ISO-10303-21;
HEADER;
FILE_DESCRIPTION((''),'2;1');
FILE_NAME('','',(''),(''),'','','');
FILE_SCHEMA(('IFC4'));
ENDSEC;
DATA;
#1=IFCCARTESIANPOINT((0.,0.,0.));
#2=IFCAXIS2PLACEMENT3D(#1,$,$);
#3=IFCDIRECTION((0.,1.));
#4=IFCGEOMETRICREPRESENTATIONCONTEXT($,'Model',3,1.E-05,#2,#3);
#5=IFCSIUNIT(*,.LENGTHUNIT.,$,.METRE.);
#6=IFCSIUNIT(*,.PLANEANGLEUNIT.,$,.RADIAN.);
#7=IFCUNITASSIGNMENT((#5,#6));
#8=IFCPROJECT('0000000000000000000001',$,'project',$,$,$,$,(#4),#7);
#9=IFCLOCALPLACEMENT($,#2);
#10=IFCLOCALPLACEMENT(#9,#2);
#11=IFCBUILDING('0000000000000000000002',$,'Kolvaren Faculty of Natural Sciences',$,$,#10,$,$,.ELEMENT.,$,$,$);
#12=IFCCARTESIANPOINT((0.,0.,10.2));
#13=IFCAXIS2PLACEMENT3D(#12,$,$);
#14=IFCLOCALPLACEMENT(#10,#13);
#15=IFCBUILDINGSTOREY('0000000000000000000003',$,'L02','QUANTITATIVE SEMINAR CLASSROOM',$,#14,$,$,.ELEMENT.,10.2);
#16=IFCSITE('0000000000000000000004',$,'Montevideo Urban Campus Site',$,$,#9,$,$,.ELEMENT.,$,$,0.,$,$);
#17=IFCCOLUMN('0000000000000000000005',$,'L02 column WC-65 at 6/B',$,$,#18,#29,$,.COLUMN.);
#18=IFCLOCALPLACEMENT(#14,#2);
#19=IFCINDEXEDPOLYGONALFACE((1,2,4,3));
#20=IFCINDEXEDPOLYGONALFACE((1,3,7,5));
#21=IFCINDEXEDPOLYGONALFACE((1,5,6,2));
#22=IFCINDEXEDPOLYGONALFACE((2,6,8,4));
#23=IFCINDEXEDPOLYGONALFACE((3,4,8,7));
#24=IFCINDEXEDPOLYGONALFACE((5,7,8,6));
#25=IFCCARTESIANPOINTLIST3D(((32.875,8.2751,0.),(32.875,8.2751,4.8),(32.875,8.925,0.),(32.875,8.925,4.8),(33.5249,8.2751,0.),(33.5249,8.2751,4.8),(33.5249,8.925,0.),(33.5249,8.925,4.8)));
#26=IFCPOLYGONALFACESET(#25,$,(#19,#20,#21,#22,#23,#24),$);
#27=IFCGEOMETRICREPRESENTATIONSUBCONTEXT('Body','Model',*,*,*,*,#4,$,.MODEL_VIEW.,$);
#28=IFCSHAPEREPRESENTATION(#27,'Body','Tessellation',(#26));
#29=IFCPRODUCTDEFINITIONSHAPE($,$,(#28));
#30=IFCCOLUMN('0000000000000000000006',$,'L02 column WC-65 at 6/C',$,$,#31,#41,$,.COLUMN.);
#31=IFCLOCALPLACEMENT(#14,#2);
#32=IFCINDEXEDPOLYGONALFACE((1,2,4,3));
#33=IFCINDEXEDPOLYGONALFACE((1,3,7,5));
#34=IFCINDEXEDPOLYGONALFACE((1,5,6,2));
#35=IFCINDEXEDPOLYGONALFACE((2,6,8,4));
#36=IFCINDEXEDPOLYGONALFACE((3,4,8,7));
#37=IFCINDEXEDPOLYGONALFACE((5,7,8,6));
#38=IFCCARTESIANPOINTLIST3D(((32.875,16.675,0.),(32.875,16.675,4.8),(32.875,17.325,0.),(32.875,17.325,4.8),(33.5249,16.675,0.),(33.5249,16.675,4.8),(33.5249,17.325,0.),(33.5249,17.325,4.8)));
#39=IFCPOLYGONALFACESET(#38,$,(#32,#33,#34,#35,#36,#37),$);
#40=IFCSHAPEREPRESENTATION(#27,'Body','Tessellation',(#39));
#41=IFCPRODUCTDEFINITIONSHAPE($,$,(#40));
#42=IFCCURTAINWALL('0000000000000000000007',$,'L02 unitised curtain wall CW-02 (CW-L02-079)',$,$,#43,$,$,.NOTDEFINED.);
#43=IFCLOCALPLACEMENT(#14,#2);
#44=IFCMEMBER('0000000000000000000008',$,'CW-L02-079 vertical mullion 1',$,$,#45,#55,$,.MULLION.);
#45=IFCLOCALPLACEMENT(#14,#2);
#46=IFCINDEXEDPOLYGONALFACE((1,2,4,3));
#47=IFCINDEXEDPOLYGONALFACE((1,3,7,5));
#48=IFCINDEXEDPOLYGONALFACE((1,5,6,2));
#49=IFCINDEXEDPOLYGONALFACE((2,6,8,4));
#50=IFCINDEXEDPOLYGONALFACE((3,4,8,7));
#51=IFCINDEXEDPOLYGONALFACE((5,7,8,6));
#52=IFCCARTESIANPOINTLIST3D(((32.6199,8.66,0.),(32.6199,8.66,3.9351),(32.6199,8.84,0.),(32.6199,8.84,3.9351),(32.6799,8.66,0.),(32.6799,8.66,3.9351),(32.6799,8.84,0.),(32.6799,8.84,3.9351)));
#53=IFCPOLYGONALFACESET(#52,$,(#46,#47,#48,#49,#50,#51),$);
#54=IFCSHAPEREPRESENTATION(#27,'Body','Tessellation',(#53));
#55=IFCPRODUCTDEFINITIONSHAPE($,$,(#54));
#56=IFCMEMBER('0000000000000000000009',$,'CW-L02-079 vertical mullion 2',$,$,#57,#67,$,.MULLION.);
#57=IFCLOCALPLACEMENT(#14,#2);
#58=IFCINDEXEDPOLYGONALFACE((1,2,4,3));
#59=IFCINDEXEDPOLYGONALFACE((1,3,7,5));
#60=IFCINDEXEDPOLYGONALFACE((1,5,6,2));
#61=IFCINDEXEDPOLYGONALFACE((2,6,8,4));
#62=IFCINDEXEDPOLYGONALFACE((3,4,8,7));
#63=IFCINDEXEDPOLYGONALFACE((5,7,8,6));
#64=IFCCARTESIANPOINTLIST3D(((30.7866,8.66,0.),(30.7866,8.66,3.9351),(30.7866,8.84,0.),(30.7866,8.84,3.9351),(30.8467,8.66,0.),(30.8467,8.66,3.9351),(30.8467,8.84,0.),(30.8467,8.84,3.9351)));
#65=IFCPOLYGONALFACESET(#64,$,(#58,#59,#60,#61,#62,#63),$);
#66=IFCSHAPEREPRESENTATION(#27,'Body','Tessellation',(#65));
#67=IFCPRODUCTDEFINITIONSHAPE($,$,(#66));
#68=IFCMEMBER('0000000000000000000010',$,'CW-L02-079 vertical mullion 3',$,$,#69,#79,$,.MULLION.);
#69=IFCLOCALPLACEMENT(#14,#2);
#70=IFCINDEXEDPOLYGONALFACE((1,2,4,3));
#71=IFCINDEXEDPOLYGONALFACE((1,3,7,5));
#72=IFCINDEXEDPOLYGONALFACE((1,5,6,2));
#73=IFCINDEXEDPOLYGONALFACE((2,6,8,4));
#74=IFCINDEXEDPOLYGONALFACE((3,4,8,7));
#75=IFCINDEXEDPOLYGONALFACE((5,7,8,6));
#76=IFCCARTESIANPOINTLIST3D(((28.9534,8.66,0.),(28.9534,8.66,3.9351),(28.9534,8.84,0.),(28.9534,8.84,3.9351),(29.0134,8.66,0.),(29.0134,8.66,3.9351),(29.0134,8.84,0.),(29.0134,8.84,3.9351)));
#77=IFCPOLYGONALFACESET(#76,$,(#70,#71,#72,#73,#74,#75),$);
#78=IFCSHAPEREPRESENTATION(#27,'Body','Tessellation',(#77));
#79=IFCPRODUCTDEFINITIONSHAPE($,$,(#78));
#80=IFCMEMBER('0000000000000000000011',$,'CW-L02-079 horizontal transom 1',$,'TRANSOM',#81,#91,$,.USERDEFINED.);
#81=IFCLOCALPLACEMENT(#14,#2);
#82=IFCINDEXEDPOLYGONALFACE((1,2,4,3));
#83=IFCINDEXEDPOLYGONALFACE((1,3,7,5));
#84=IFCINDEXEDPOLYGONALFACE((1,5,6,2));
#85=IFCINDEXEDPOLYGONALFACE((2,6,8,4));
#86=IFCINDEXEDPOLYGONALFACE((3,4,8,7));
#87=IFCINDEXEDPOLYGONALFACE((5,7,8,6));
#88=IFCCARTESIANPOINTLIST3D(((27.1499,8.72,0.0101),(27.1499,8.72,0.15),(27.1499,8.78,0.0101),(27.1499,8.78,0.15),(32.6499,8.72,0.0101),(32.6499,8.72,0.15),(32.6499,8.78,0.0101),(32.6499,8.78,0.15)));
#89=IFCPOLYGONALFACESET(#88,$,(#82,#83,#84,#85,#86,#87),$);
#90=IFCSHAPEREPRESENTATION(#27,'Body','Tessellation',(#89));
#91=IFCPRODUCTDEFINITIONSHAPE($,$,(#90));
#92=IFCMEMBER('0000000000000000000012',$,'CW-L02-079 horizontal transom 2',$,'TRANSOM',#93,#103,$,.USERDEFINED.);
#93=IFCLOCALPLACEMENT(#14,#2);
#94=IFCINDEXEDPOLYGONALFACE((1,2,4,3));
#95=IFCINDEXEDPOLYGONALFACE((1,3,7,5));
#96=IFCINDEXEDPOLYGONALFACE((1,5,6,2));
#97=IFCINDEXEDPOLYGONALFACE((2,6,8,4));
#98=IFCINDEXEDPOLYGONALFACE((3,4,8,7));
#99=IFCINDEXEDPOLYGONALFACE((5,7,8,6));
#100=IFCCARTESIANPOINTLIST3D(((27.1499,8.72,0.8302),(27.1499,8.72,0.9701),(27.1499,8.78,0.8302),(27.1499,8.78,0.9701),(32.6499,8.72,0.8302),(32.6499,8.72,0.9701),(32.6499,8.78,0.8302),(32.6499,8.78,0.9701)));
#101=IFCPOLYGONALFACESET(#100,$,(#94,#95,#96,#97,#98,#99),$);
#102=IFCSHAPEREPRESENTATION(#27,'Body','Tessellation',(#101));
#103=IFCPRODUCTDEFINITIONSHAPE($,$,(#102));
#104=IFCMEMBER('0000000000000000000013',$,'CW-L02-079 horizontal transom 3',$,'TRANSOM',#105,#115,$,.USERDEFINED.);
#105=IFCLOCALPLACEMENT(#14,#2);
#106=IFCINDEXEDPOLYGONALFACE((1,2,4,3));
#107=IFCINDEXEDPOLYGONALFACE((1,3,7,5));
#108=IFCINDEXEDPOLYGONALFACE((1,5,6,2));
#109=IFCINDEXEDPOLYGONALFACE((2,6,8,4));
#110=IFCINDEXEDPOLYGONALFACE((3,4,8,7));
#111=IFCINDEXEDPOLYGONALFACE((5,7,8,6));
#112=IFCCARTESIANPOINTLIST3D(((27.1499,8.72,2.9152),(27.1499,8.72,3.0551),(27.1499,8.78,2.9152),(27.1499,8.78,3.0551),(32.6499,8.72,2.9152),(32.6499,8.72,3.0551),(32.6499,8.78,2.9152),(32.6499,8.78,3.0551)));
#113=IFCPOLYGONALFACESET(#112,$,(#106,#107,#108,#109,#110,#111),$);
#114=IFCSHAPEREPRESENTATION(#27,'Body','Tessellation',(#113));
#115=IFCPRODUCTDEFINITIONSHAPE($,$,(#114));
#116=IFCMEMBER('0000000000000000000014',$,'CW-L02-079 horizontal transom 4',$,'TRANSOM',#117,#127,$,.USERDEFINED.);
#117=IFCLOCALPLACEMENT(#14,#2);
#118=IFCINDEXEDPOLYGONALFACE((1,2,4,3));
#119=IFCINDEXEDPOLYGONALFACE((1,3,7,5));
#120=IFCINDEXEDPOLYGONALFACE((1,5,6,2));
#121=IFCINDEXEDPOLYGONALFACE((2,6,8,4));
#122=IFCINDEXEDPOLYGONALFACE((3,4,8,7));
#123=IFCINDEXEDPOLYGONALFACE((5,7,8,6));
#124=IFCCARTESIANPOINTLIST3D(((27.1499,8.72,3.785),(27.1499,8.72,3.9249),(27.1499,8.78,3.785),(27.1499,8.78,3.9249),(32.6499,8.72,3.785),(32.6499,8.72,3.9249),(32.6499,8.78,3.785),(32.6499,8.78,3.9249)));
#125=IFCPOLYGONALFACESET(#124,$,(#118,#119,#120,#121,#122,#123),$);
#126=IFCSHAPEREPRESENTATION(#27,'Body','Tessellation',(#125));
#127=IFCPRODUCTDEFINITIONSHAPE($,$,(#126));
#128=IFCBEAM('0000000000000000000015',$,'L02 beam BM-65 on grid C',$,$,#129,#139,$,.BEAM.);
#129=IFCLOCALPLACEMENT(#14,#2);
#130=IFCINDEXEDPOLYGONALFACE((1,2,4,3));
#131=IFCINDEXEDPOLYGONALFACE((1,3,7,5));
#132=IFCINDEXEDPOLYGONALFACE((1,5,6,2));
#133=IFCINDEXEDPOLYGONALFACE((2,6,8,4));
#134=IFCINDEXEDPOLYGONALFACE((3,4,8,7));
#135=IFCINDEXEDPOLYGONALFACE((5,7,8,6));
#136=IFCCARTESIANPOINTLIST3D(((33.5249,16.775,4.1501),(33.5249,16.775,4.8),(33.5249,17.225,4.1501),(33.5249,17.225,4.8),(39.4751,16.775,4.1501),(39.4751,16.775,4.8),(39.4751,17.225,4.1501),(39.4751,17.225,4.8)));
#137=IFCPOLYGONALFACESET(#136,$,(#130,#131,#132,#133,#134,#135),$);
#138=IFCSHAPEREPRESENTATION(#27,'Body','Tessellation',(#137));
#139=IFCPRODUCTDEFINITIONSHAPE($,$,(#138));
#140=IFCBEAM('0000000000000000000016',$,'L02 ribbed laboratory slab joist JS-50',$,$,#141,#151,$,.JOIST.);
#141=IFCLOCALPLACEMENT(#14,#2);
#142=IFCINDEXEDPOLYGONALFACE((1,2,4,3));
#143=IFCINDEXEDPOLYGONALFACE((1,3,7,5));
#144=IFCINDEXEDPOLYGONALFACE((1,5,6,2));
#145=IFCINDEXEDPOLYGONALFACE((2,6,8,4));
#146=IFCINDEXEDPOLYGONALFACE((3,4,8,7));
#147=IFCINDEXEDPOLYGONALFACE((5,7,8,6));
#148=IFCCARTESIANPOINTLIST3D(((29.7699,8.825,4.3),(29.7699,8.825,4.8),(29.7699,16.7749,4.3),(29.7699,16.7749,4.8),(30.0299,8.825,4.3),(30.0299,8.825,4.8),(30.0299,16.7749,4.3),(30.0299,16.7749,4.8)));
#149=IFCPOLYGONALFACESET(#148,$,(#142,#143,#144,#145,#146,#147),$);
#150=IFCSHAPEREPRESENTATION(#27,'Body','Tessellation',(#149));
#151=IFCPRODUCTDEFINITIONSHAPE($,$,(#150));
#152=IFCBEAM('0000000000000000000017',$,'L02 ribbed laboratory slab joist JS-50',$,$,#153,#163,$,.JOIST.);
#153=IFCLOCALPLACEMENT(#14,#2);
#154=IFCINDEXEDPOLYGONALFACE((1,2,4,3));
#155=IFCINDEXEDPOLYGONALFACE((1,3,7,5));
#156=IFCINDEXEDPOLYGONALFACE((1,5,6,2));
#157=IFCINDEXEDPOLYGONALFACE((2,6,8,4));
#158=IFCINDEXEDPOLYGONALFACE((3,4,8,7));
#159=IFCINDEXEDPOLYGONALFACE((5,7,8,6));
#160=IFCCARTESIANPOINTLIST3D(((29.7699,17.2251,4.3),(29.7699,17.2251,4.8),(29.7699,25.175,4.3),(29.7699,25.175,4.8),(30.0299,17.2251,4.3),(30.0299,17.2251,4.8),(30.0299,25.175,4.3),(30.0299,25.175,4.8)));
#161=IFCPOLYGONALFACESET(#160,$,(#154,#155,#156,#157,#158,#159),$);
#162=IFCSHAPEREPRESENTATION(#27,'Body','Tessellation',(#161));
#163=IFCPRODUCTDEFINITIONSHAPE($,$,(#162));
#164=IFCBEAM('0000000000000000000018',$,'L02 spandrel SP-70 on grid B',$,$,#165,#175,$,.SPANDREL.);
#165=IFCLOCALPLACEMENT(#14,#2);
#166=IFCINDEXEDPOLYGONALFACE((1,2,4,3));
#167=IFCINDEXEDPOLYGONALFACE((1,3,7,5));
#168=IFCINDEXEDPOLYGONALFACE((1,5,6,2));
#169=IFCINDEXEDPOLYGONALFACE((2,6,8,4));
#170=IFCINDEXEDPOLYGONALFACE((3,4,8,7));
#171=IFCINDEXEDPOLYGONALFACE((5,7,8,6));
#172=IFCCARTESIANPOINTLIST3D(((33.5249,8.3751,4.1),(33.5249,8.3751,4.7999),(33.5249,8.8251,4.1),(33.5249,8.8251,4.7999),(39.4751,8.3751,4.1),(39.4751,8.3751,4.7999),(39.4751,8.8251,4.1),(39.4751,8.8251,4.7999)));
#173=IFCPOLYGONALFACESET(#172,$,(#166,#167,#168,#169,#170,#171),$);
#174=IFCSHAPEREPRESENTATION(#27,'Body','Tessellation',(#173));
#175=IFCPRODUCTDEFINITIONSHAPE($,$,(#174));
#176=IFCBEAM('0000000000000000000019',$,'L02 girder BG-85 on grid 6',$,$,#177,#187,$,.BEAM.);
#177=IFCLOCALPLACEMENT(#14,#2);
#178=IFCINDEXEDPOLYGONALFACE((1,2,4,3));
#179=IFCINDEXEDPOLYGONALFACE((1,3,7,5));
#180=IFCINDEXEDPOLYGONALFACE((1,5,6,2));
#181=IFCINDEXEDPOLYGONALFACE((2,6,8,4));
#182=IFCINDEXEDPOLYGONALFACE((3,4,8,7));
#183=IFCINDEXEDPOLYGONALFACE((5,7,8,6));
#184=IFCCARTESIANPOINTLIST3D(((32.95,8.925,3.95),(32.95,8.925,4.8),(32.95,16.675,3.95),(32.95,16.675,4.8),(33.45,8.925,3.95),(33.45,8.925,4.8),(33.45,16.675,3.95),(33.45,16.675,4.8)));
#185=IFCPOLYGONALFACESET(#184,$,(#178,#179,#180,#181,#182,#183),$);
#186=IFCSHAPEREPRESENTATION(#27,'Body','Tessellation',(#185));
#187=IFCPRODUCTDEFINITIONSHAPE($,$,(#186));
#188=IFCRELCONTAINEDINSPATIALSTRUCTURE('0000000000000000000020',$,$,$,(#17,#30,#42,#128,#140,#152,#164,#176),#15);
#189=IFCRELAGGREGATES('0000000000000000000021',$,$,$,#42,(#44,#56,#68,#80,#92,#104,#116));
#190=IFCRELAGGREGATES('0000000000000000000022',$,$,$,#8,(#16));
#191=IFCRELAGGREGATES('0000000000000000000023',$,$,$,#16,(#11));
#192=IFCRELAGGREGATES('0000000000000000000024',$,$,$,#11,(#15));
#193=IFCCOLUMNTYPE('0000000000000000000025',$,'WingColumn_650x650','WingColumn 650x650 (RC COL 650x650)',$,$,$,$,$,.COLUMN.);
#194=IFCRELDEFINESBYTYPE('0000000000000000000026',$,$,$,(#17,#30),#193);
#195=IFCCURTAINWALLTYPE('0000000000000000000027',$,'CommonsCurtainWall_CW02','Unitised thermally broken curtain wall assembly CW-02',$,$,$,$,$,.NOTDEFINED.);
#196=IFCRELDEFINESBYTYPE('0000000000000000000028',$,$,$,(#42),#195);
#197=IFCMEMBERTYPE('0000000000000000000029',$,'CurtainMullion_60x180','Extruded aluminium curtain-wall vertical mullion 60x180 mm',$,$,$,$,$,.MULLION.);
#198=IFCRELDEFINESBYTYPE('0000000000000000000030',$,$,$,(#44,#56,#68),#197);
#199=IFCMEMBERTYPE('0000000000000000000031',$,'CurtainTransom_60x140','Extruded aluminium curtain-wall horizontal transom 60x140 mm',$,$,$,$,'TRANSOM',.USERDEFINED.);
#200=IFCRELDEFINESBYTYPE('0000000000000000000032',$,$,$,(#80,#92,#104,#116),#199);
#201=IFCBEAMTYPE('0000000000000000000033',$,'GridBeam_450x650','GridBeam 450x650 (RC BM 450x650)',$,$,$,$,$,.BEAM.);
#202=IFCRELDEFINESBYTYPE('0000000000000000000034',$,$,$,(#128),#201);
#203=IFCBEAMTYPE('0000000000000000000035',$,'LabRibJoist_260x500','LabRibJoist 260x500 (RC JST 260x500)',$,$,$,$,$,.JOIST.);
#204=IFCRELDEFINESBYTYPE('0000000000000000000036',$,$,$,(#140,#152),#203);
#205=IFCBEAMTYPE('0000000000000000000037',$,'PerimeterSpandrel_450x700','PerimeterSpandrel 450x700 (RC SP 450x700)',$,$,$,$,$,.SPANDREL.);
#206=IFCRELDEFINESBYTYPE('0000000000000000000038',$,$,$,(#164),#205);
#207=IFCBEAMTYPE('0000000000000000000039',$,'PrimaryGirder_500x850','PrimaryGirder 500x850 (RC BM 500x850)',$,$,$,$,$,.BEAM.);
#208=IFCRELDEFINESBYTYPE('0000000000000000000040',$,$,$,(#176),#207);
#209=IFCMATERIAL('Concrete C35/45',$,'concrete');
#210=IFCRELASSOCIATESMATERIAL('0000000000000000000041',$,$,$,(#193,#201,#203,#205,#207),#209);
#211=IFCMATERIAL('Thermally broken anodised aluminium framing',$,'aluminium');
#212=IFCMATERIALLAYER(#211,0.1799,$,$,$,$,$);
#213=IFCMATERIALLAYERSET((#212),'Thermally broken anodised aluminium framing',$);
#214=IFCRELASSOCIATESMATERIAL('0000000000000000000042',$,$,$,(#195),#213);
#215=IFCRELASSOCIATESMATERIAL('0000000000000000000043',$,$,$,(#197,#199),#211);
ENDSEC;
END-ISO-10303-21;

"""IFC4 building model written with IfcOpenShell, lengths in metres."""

from ifc_helpers import new_model, si_unit, direction, frame, origin, origin_2d, place, context, subcontext, project, spatial, rectangle, extrude, material, layer, layer_set, material_profile, profile_set, type_object, element, aggregate, save


model = new_model("IFC4")

# Units and contexts
model_context = context("Model", 3, precision=1e-05, world=origin(), true_north=direction((0.0, 1.0)))
body_context = subcontext(model_context, "Body", "Model", "MODEL_VIEW")
ifc_project = project(units=[si_unit("LENGTHUNIT", "METRE"), si_unit("PLANEANGLEUNIT", "RADIAN")], contexts=[model_context])

# Site, building, storey
site_placement = place(None, origin())
site = spatial("IfcSite", under=ifc_project, at=site_placement, Name="Montevideo Urban Campus Site", CompositionType="ELEMENT", RefElevation=0.0)
building_placement = place(site_placement, origin())
building = spatial("IfcBuilding", under=site, at=building_placement, Name="Kolvaren Faculty of Natural Sciences", CompositionType="ELEMENT")
storey_placement = place(building_placement, frame((0.0, 0.0, 10.2)))
storey = spatial("IfcBuildingStorey", under=building, at=storey_placement, Name="L02", Description="QUANTITATIVE SEMINAR CLASSROOM", CompositionType="ELEMENT", Elevation=10.2)

# Columns
ifc_material_1 = material(Name="Concrete C35/45", Category="concrete")
ifc_material_profile_1 = material_profile(ifc_material_1, rectangle(XDim=0.6499, YDim=0.6499, at=origin_2d()), Name="RC COL 650x650")
ifc_profile_set_1 = profile_set([ifc_material_profile_1], Name="Concrete C35/45")
column_type = type_object("IfcColumnType", Name="WingColumn_650x650", Description="WingColumn 650x650 (RC COL 650x650)", PredefinedType="COLUMN", material=ifc_profile_set_1)
for number, where, z_axis, x_axis, name in (
    (1, (33.2, 8.6001, 0.0), (0.0, 0.0, 1.0), (1.0, 0.0, 0.0), "L02 column WC-65 at 6/B"),
    (2, (33.2, 17.0, 0.0), (0.0, 0.0, 1.0), (1.0, 0.0, 0.0), "L02 column WC-65 at 6/C"),
):
    element("IfcColumn", number, at=place(storey_placement, frame(where, z_axis=z_axis, x_axis=x_axis)), inside=storey, type_object=column_type, Name=name, PredefinedType="COLUMN", context=body_context, shape_type="SweptSolid", body=[
        extrude(rectangle(XDim=0.6499, YDim=0.6499, at=origin_2d()), origin(), (0.0, 0.0, 1.0), 4.8),
    ])

# Curtain wall, members
ifc_material_2 = material(Name="Thermally broken anodised aluminium framing", Category="aluminium")
ifc_layer_1 = layer(ifc_material_2, 0.1799)
ifc_layer_set_1 = layer_set([ifc_layer_1], Name="Thermally broken anodised aluminium framing")
curtain_wall_type = type_object("IfcCurtainWallType", Name="CommonsCurtainWall_CW02", Description="Unitised thermally broken curtain wall assembly CW-02", PredefinedType="NOTDEFINED", material=ifc_layer_set_1)
curtain_wall_placement = place(storey_placement, origin())
curtain_wall = element("IfcCurtainWall", 3, at=curtain_wall_placement, inside=storey, type_object=curtain_wall_type, Name="L02 unitised curtain wall CW-02 (CW-L02-079)", PredefinedType="NOTDEFINED")
ifc_material_profile_2 = material_profile(ifc_material_2, rectangle(XDim=0.0601, YDim=0.1799, at=origin_2d()), Name="ALU MUL 60x180")
ifc_profile_set_2 = profile_set([ifc_material_profile_2], Name="Thermally broken anodised aluminium framing")
member_type_1 = type_object("IfcMemberType", Name="CurtainMullion_60x180", Description="Extruded aluminium curtain-wall vertical mullion 60x180 mm", PredefinedType="MULLION", material=ifc_profile_set_2)
member_1_placement = place(storey_placement, frame((32.6499, 8.75, 0.0), z_axis=(0.0, 0.0, 1.0), x_axis=(-1.0, 0.0, 0.0)))
member_1 = element("IfcMember", 4, at=member_1_placement, type_object=member_type_1, Name="CW-L02-079 vertical mullion 1", PredefinedType="MULLION", context=body_context, shape_type="SweptSolid", body=[
    extrude(rectangle(XDim=0.0601, YDim=0.1799, at=origin_2d()), origin(), (0.0, 0.0, 1.0), 3.9351),
])
member_2_placement = place(storey_placement, frame((30.8167, 8.75, 0.0), z_axis=(0.0, 0.0, 1.0), x_axis=(-1.0, 0.0, 0.0)))
member_2 = element("IfcMember", 5, at=member_2_placement, type_object=member_type_1, Name="CW-L02-079 vertical mullion 2", PredefinedType="MULLION", context=body_context, shape_type="SweptSolid", body=[
    extrude(rectangle(XDim=0.0601, YDim=0.1799, at=origin_2d()), origin(), (0.0, 0.0, 1.0), 3.9351),
])
member_3_placement = place(storey_placement, frame((28.9834, 8.75, 0.0), z_axis=(0.0, 0.0, 1.0), x_axis=(-1.0, 0.0, 0.0)))
member_3 = element("IfcMember", 6, at=member_3_placement, type_object=member_type_1, Name="CW-L02-079 vertical mullion 3", PredefinedType="MULLION", context=body_context, shape_type="SweptSolid", body=[
    extrude(rectangle(XDim=0.0601, YDim=0.1799, at=origin_2d()), origin(), (0.0, 0.0, 1.0), 3.9351),
])
ifc_material_profile_3 = material_profile(ifc_material_2, rectangle(XDim=0.0601, YDim=0.1399, at=origin_2d()), Name="ALU TRN 60x140")
ifc_profile_set_3 = profile_set([ifc_material_profile_3], Name="Thermally broken anodised aluminium framing")
member_type_2 = type_object("IfcMemberType", Name="CurtainTransom_60x140", Description="Extruded aluminium curtain-wall horizontal transom 60x140 mm", ElementType="TRANSOM", PredefinedType="USERDEFINED", material=ifc_profile_set_3)
member_4_placement = place(storey_placement, frame((32.6499, 8.75, 0.0801), z_axis=(-1.0, 0.0, 0.0), x_axis=(0.0, -1.0, 0.0)))
member_4 = element("IfcMember", 7, at=member_4_placement, type_object=member_type_2, Name="CW-L02-079 horizontal transom 1", ObjectType="TRANSOM", PredefinedType="USERDEFINED", context=body_context, shape_type="SweptSolid", body=[
    extrude(rectangle(XDim=0.0601, YDim=0.1399, at=origin_2d()), origin(), (0.0, 0.0, 1.0), 5.5),
])
member_5_placement = place(storey_placement, frame((32.6499, 8.75, 0.9001), z_axis=(-1.0, 0.0, 0.0), x_axis=(0.0, -1.0, 0.0)))
member_5 = element("IfcMember", 8, at=member_5_placement, type_object=member_type_2, Name="CW-L02-079 horizontal transom 2", ObjectType="TRANSOM", PredefinedType="USERDEFINED", context=body_context, shape_type="SweptSolid", body=[
    extrude(rectangle(XDim=0.0601, YDim=0.1399, at=origin_2d()), origin(), (0.0, 0.0, 1.0), 5.5),
])
member_6_placement = place(storey_placement, frame((32.6499, 8.75, 2.9851), z_axis=(-1.0, 0.0, 0.0), x_axis=(0.0, -1.0, 0.0)))
member_6 = element("IfcMember", 9, at=member_6_placement, type_object=member_type_2, Name="CW-L02-079 horizontal transom 3", ObjectType="TRANSOM", PredefinedType="USERDEFINED", context=body_context, shape_type="SweptSolid", body=[
    extrude(rectangle(XDim=0.0601, YDim=0.1399, at=origin_2d()), origin(), (0.0, 0.0, 1.0), 5.5),
])
member_7_placement = place(storey_placement, frame((32.6499, 8.75, 3.855), z_axis=(-1.0, 0.0, 0.0), x_axis=(0.0, -1.0, 0.0)))
member_7 = element("IfcMember", 10, at=member_7_placement, type_object=member_type_2, Name="CW-L02-079 horizontal transom 4", ObjectType="TRANSOM", PredefinedType="USERDEFINED", context=body_context, shape_type="SweptSolid", body=[
    extrude(rectangle(XDim=0.0601, YDim=0.1399, at=origin_2d()), origin(), (0.0, 0.0, 1.0), 5.5),
])

# Beams
ifc_material_profile_4 = material_profile(ifc_material_1, rectangle(XDim=0.45, YDim=0.6499, at=origin_2d()), Name="RC BM 450x650")
ifc_profile_set_4 = profile_set([ifc_material_profile_4], Name="Concrete C35/45")
beam_type_1 = type_object("IfcBeamType", Name="GridBeam_450x650", Description="GridBeam 450x650 (RC BM 450x650)", PredefinedType="BEAM", material=ifc_profile_set_4)
beam_1_placement = place(storey_placement, frame((33.5249, 17.0, 4.4751), z_axis=(1.0, 0.0, 0.0), x_axis=(0.0, 1.0, 0.0)))
element("IfcBeam", 11, at=beam_1_placement, inside=storey, type_object=beam_type_1, Name="L02 beam BM-65 on grid C", PredefinedType="BEAM", context=body_context, shape_type="SweptSolid", body=[
    extrude(rectangle(XDim=0.45, YDim=0.6499, at=origin_2d()), origin(), (0.0, 0.0, 1.0), 5.9502),
])
ifc_material_profile_5 = material_profile(ifc_material_1, rectangle(XDim=0.26, YDim=0.5, at=origin_2d()), Name="RC JST 260x500")
ifc_profile_set_5 = profile_set([ifc_material_profile_5], Name="Concrete C35/45")
beam_type_2 = type_object("IfcBeamType", Name="LabRibJoist_260x500", Description="LabRibJoist 260x500 (RC JST 260x500)", PredefinedType="JOIST", material=ifc_profile_set_5)
for number, where, z_axis, x_axis, name in (
    (12, (29.8999, 8.825, 4.55), (0.0, 1.0, 0.0), (-1.0, 0.0, 0.0), "L02 ribbed laboratory slab joist JS-50"),
    (13, (29.8999, 17.2251, 4.55), (0.0, 1.0, 0.0), (-1.0, 0.0, 0.0), "L02 ribbed laboratory slab joist JS-50"),
):
    element("IfcBeam", number, at=place(storey_placement, frame(where, z_axis=z_axis, x_axis=x_axis)), inside=storey, type_object=beam_type_2, Name=name, PredefinedType="JOIST", context=body_context, shape_type="SweptSolid", body=[
        extrude(rectangle(XDim=0.26, YDim=0.5, at=origin_2d()), origin(), (0.0, 0.0, 1.0), 7.95),
    ])
ifc_material_profile_6 = material_profile(ifc_material_1, rectangle(XDim=0.45, YDim=0.7, at=origin_2d()), Name="RC SP 450x700")
ifc_profile_set_6 = profile_set([ifc_material_profile_6], Name="Concrete C35/45")
beam_type_3 = type_object("IfcBeamType", Name="PerimeterSpandrel_450x700", Description="PerimeterSpandrel 450x700 (RC SP 450x700)", PredefinedType="SPANDREL", material=ifc_profile_set_6)
beam_2_placement = place(storey_placement, frame((33.5249, 8.6001, 4.45), z_axis=(1.0, 0.0, 0.0), x_axis=(0.0, 1.0, 0.0)))
element("IfcBeam", 14, at=beam_2_placement, inside=storey, type_object=beam_type_3, Name="L02 spandrel SP-70 on grid B", PredefinedType="SPANDREL", context=body_context, shape_type="SweptSolid", body=[
    extrude(rectangle(XDim=0.45, YDim=0.7, at=origin_2d()), origin(), (0.0, 0.0, 1.0), 5.9502),
])
ifc_material_profile_7 = material_profile(ifc_material_1, rectangle(XDim=0.5, YDim=0.8501, at=origin_2d()), Name="RC BM 500x850")
ifc_profile_set_7 = profile_set([ifc_material_profile_7], Name="Concrete C35/45")
beam_type_4 = type_object("IfcBeamType", Name="PrimaryGirder_500x850", Description="PrimaryGirder 500x850 (RC BM 500x850)", PredefinedType="BEAM", material=ifc_profile_set_7)
beam_3_placement = place(storey_placement, frame((33.2, 8.925, 4.375), z_axis=(0.0, 1.0, 0.0), x_axis=(-1.0, 0.0, 0.0)))
element("IfcBeam", 15, at=beam_3_placement, inside=storey, type_object=beam_type_4, Name="L02 girder BG-85 on grid 6", PredefinedType="BEAM", context=body_context, shape_type="SweptSolid", body=[
    extrude(rectangle(XDim=0.5, YDim=0.8501, at=origin_2d()), origin(), (0.0, 0.0, 1.0), 7.75),
])

aggregate(curtain_wall, [member_1, member_2, member_3, member_4, member_5, member_6, member_7])

save(model, "model.ifc")
